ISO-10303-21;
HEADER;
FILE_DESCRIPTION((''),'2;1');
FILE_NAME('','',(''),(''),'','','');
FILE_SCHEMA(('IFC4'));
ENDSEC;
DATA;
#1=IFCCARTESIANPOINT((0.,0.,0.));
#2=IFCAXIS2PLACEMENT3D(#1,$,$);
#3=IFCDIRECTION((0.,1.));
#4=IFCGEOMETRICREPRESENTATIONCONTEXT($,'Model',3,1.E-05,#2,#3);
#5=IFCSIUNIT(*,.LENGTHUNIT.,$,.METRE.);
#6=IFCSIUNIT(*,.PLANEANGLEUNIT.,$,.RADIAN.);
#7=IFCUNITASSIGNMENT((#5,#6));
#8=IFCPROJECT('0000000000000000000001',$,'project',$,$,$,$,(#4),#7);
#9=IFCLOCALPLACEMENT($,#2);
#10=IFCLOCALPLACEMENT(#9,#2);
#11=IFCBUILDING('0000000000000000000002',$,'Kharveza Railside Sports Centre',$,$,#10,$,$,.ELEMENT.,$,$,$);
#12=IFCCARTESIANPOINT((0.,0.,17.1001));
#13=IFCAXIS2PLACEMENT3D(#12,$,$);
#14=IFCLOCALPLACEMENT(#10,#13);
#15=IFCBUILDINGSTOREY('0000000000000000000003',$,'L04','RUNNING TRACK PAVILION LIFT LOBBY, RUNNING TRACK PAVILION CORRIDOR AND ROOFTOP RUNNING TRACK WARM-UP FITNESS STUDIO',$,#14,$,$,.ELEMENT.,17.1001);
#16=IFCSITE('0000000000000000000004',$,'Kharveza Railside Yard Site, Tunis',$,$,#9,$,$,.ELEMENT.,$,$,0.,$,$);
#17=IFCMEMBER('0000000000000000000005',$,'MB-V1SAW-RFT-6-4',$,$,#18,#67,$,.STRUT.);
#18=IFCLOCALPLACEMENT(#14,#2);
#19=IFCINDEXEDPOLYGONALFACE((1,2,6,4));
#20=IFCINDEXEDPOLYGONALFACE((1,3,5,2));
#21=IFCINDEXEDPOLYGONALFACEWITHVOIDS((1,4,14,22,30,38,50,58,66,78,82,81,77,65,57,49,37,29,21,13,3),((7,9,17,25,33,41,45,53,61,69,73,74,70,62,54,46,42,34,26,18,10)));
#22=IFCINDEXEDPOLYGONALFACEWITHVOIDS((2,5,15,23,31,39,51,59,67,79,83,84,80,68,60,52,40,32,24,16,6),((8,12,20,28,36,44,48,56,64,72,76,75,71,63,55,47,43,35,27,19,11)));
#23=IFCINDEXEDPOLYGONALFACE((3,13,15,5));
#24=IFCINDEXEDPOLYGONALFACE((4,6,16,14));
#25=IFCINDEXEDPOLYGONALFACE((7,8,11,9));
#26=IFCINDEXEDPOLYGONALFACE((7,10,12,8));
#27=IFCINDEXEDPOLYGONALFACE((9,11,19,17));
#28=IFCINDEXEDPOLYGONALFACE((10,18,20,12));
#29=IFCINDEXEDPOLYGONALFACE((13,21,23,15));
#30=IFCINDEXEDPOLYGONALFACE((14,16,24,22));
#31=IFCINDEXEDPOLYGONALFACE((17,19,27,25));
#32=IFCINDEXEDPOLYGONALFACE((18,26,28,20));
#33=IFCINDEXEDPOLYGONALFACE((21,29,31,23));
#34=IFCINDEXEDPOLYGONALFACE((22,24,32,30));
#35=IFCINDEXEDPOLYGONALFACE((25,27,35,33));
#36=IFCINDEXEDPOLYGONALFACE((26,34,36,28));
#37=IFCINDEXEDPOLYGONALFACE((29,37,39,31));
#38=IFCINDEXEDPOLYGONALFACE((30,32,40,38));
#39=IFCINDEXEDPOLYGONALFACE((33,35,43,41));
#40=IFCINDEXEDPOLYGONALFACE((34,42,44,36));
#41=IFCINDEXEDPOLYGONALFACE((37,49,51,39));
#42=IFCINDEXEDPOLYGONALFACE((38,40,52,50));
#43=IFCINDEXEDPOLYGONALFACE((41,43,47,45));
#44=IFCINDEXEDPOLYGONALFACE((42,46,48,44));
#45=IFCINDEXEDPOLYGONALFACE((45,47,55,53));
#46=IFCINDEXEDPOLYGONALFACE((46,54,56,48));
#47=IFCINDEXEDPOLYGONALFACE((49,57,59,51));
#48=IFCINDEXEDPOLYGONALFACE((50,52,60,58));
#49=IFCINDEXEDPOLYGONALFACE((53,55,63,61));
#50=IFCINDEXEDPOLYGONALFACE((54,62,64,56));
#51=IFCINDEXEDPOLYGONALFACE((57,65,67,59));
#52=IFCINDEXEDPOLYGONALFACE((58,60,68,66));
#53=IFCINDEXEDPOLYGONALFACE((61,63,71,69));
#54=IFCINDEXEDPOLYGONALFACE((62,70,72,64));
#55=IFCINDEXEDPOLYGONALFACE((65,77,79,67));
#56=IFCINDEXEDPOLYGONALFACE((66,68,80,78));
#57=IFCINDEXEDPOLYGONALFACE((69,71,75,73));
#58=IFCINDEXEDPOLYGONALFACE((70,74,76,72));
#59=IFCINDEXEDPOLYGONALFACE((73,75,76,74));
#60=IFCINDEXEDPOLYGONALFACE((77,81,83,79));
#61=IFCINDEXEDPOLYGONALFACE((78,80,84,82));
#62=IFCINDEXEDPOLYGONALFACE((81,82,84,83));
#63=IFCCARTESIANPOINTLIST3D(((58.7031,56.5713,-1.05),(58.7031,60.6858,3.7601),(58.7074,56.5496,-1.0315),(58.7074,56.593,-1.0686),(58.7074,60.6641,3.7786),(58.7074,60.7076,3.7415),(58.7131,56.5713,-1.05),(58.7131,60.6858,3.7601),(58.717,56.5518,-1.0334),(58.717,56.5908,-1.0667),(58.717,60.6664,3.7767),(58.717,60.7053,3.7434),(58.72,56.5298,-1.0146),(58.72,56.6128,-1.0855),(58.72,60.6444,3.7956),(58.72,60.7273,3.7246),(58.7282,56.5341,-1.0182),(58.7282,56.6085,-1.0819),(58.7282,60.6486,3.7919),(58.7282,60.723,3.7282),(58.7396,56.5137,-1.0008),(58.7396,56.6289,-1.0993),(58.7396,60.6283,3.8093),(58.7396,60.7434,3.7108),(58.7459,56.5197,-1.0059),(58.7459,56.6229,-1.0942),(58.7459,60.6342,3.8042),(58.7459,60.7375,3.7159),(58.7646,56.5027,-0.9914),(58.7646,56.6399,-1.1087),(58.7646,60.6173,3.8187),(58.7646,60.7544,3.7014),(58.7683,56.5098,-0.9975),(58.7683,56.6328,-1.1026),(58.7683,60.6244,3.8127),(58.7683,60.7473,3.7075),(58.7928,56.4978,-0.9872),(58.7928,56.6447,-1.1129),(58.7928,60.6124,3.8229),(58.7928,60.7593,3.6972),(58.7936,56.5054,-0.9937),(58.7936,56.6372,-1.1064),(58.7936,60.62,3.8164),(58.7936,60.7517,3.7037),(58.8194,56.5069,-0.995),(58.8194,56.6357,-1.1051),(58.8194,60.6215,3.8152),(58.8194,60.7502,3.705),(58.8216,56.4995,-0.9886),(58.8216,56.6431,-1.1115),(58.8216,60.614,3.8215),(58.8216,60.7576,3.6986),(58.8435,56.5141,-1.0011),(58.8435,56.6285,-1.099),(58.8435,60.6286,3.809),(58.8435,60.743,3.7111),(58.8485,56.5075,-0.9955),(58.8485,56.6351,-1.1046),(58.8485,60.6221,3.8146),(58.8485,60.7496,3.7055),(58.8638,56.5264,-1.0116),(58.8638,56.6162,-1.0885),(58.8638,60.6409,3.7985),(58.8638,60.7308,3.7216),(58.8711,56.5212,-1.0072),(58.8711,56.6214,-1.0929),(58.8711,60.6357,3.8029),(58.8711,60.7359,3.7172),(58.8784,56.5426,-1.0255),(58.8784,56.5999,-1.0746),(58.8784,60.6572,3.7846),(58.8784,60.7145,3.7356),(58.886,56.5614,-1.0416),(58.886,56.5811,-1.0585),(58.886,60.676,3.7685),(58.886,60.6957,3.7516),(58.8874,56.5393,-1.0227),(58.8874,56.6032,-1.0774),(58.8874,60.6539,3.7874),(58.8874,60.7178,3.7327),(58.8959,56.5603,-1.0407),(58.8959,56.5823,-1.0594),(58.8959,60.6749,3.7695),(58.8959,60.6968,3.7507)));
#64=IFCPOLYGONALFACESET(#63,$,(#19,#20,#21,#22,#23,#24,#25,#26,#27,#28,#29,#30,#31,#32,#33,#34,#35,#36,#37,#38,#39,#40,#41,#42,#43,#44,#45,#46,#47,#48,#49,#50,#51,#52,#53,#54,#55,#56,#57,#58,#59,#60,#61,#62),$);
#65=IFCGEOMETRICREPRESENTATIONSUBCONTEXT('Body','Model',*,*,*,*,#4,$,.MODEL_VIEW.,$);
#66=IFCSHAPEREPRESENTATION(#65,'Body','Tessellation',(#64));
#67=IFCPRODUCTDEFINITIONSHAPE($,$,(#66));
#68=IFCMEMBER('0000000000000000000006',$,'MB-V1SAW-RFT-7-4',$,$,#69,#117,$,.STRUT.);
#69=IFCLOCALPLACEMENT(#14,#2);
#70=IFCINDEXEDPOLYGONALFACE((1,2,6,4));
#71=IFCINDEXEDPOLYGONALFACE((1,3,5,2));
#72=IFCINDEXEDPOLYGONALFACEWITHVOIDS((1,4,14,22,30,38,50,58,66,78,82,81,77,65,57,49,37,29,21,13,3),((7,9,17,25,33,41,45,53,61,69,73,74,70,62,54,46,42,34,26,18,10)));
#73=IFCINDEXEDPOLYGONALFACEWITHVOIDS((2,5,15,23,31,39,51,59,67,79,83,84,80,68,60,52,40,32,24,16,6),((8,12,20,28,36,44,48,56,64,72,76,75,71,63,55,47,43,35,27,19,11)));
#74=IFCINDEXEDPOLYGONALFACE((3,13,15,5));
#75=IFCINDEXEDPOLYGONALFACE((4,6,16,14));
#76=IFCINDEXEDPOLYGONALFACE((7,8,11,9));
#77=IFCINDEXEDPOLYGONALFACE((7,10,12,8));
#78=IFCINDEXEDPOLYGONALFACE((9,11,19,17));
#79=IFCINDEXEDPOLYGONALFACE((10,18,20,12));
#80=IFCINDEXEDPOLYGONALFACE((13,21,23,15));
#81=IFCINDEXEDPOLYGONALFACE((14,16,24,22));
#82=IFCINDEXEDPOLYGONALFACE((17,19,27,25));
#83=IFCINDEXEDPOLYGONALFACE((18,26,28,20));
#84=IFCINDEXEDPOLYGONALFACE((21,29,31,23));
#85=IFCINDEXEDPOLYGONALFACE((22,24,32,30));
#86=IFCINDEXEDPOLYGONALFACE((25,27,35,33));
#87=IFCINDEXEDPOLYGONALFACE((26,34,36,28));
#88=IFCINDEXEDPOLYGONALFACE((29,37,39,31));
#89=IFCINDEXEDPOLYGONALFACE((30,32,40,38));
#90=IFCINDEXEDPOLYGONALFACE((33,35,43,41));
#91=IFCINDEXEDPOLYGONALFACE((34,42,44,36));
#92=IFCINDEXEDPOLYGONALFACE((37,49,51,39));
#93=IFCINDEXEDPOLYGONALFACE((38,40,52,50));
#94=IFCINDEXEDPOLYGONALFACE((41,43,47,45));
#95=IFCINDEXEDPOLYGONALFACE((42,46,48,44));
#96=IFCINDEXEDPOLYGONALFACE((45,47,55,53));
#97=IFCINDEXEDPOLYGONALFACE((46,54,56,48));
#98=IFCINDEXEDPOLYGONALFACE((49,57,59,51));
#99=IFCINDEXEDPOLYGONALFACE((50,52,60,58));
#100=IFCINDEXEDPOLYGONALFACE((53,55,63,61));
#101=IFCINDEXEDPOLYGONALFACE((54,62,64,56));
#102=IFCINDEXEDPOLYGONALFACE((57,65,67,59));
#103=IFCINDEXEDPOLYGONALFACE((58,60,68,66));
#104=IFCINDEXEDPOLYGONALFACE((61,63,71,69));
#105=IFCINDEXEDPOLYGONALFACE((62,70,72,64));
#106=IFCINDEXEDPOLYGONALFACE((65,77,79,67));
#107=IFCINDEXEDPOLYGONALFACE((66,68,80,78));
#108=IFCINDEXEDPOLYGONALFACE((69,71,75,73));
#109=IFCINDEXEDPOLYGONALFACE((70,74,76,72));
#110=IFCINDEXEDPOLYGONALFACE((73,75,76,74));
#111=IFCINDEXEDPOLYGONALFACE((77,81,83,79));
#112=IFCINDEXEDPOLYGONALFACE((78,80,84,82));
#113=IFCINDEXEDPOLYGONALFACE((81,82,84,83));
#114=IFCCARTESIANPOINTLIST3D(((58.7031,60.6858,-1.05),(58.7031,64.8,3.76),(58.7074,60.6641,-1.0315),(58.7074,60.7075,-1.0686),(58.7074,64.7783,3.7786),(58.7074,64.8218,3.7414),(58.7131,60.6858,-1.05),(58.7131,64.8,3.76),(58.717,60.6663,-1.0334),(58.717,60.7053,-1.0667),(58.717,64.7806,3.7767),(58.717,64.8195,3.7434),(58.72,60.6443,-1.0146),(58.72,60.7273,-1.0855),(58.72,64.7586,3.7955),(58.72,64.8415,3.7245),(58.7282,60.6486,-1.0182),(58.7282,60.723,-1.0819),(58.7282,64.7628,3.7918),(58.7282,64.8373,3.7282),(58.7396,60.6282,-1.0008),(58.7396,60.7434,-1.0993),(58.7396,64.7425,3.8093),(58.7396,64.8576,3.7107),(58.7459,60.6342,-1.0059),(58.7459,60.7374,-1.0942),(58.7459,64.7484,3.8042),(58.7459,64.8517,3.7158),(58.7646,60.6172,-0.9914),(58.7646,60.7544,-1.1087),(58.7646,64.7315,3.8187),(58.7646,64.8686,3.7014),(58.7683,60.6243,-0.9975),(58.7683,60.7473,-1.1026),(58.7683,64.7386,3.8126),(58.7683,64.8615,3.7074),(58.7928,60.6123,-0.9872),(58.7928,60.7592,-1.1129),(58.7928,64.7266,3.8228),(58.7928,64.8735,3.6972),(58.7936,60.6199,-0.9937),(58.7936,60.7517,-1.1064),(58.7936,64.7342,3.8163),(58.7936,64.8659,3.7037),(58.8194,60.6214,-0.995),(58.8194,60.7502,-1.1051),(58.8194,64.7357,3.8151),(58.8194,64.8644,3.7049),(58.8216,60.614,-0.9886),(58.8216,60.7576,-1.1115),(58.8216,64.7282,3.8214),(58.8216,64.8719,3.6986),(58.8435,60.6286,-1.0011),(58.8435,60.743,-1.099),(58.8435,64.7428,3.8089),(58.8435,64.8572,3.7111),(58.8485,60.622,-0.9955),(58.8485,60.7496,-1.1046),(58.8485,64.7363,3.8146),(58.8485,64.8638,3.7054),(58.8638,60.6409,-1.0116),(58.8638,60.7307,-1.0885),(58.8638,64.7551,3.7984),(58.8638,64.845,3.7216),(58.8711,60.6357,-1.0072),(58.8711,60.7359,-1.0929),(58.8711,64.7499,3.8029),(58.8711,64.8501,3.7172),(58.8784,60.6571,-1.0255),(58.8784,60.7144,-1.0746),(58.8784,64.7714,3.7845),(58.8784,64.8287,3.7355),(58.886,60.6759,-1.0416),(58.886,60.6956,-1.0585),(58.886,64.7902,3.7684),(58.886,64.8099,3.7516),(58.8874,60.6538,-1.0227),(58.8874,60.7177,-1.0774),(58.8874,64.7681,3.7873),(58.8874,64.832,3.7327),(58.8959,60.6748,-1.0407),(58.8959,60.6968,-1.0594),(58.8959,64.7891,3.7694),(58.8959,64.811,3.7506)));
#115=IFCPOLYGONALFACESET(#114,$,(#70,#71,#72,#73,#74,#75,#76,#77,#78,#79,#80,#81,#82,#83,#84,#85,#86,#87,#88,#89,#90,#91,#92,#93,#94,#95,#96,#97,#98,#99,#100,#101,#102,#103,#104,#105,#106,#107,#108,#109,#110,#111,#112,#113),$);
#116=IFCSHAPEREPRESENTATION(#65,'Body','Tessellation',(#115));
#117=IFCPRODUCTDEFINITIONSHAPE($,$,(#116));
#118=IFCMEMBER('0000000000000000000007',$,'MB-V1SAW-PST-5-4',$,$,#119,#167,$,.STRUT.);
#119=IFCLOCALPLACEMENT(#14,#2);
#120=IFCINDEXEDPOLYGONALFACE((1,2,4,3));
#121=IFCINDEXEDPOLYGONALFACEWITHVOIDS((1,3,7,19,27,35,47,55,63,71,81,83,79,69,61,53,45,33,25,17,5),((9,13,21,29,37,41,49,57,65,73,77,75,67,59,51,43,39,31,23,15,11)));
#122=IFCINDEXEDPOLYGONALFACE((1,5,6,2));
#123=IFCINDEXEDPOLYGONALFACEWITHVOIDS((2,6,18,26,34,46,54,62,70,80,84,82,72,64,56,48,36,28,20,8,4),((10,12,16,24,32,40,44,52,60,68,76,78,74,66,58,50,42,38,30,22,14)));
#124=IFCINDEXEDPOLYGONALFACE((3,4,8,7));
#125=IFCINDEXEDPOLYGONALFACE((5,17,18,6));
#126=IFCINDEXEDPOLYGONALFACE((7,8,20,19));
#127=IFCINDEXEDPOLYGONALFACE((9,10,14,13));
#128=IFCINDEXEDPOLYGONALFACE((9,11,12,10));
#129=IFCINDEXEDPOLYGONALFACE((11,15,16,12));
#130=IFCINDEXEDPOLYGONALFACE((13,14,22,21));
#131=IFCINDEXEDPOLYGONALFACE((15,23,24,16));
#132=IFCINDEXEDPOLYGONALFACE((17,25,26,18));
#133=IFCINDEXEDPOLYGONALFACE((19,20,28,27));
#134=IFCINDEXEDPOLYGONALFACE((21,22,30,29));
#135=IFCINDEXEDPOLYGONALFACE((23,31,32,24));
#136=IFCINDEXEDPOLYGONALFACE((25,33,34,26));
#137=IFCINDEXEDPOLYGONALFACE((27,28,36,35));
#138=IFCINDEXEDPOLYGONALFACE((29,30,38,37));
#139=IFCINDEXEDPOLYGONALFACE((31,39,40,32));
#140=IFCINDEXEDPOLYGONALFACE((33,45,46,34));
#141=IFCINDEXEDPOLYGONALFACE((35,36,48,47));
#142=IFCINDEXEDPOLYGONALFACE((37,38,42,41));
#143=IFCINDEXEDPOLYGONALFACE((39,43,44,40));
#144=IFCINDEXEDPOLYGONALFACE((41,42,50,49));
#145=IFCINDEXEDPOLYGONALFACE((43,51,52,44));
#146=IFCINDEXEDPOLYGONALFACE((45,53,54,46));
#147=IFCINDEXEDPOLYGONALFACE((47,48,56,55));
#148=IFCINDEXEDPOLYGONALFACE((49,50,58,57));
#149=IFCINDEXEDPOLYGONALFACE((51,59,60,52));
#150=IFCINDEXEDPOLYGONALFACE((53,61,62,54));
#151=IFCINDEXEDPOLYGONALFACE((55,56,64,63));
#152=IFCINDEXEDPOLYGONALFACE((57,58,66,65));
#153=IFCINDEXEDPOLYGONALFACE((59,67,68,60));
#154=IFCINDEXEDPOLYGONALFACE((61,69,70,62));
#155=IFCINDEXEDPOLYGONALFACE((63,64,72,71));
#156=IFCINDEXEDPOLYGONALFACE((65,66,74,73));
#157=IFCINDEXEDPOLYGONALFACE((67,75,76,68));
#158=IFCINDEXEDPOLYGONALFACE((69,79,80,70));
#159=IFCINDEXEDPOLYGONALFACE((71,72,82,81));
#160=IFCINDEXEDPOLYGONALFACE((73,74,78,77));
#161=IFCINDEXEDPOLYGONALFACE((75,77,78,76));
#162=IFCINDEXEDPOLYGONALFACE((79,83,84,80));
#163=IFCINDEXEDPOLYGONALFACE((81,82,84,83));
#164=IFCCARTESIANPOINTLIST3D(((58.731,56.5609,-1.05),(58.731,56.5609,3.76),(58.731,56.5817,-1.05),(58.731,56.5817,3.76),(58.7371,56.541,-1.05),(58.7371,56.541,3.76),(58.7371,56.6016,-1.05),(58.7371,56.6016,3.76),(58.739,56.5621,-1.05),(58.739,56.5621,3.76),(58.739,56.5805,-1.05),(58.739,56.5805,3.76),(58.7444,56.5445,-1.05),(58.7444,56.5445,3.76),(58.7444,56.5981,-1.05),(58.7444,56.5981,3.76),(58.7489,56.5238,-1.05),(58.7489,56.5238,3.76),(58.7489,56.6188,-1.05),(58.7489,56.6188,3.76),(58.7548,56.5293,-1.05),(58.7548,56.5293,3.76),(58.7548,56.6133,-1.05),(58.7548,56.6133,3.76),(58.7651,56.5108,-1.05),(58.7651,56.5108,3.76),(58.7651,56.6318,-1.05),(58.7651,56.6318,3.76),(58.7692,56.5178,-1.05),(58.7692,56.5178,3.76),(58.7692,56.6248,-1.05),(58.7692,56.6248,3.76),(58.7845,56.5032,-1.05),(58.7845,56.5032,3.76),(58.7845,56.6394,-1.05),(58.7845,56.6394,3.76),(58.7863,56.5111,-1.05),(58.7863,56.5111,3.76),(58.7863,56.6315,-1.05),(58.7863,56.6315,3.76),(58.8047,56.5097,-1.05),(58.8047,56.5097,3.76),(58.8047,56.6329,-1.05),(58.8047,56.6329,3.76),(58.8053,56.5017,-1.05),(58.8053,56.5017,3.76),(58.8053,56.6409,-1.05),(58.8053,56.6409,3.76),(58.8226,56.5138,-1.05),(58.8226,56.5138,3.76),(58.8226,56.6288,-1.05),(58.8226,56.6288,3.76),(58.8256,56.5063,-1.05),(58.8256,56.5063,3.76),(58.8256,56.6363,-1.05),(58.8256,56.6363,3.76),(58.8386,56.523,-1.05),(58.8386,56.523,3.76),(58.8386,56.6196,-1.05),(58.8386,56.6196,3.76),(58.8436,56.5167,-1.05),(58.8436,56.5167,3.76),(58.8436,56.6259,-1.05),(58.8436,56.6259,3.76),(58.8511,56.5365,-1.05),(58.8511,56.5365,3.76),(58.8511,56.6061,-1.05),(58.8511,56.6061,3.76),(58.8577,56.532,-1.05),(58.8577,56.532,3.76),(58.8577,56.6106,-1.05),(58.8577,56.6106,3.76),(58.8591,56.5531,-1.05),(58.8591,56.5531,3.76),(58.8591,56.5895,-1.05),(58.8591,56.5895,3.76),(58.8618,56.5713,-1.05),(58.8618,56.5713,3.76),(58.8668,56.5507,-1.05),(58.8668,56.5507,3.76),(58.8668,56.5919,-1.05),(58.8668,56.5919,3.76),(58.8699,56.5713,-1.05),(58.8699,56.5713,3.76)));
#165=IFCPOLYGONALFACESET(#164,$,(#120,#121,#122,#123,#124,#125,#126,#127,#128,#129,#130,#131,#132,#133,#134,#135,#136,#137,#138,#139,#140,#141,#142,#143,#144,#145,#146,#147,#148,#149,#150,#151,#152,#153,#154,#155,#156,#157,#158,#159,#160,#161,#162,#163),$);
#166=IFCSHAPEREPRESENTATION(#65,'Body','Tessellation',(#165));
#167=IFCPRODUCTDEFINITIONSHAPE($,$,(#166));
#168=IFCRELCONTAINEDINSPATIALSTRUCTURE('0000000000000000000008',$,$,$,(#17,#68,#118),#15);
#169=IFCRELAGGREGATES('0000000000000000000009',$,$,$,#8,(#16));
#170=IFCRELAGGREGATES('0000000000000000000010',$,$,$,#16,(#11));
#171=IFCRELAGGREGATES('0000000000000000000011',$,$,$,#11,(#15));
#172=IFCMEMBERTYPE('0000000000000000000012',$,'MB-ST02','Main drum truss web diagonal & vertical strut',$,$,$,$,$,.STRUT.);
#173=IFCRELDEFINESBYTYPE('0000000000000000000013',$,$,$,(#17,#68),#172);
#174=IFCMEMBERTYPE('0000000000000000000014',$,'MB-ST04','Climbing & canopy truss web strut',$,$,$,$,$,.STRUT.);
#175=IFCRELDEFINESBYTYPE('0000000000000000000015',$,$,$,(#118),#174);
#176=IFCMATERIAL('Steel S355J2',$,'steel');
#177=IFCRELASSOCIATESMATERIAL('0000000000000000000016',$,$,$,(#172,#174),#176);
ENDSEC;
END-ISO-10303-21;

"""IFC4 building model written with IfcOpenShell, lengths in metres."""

from ifc_helpers import new_model, si_unit, direction, frame, origin, origin_2d, place, context, subcontext, project, spatial, hollow_circle, extrude, material, material_profile, profile_set, type_object, element, save


model = new_model("IFC4")

# Units and contexts
model_context = context("Model", 3, precision=1e-05, world=origin(), true_north=direction((0.0, 1.0)))
body_context = subcontext(model_context, "Body", "Model", "MODEL_VIEW")
ifc_project = project(units=[si_unit("LENGTHUNIT", "METRE"), si_unit("PLANEANGLEUNIT", "RADIAN")], contexts=[model_context])

# Site, building, storey
site_placement = place(None, origin())
site = spatial("IfcSite", under=ifc_project, at=site_placement, Name="Kharveza Railside Yard Site, Tunis", CompositionType="ELEMENT", RefElevation=0.0)
building_placement = place(site_placement, origin())
building = spatial("IfcBuilding", under=site, at=building_placement, Name="Kharveza Railside Sports Centre", CompositionType="ELEMENT")
storey_placement = place(building_placement, frame((0.0, 0.0, 17.1001)))
storey = spatial("IfcBuildingStorey", under=building, at=storey_placement, Name="L04", Description="RUNNING TRACK PAVILION LIFT LOBBY, RUNNING TRACK PAVILION CORRIDOR AND ROOFTOP RUNNING TRACK WARM-UP FITNESS STUDIO", CompositionType="ELEMENT", Elevation=17.1001)

# Members
ifc_material_1 = material(Name="Steel S355J2", Category="steel")
ifc_material_profile_1 = material_profile(ifc_material_1, hollow_circle(Radius=0.0969, WallThickness=0.01, at=origin_2d()), Name="CHS 193.7x10.0")
ifc_profile_set_1 = profile_set([ifc_material_profile_1], Name="Steel S355J2")
member_type_1 = type_object("IfcMemberType", Name="MB-ST02", Description="Main drum truss web diagonal & vertical strut", PredefinedType="STRUT", material=ifc_profile_set_1)
member_1_placement = place(storey_placement, frame((58.8, 56.5713, -1.05), z_axis=(0.0, 0.650026, 0.759912), x_axis=(-1.0, 0.0, 0.0)))
element("IfcMember", 1, at=member_1_placement, inside=storey, type_object=member_type_1, Name="MB-V1SAW-RFT-6-4", PredefinedType="STRUT", context=body_context, shape_type="SweptSolid", body=[
    extrude(hollow_circle(Radius=0.0969, WallThickness=0.01, at=origin_2d()), origin(), (0.0, 0.0, 1.0), 6.3298),
])
member_2_placement = place(storey_placement, frame((58.8, 60.6858, -1.05), z_axis=(0.0, 0.650003, 0.759931), x_axis=(-1.0, 0.0, 0.0)))
element("IfcMember", 2, at=member_2_placement, inside=storey, type_object=member_type_1, Name="MB-V1SAW-RFT-7-4", PredefinedType="STRUT", context=body_context, shape_type="SweptSolid", body=[
    extrude(hollow_circle(Radius=0.0969, WallThickness=0.01, at=origin_2d()), origin(), (0.0, 0.0, 1.0), 6.3296),
])
ifc_material_profile_2 = material_profile(ifc_material_1, hollow_circle(Radius=0.0698, WallThickness=0.0081, at=origin_2d()), Name="CHS 139.7x8.0")
ifc_profile_set_2 = profile_set([ifc_material_profile_2], Name="Steel S355J2")
member_type_2 = type_object("IfcMemberType", Name="MB-ST04", Description="Climbing & canopy truss web strut", PredefinedType="STRUT", material=ifc_profile_set_2)
for number, where, z_axis, x_axis, name in (
    (3, (58.8, 56.5713, -1.05), (0.0, 0.0, 1.0), (1.0, 0.0, 0.0), "MB-V1SAW-PST-5-4"),
):
    element("IfcMember", number, at=place(storey_placement, frame(where, z_axis=z_axis, x_axis=x_axis)), inside=storey, type_object=member_type_2, Name=name, PredefinedType="STRUT", context=body_context, shape_type="SweptSolid", body=[
        extrude(hollow_circle(Radius=0.0698, WallThickness=0.0081, at=origin_2d()), origin(), (0.0, 0.0, 1.0), 4.8101),
    ])

save(model, "model.ifc")
